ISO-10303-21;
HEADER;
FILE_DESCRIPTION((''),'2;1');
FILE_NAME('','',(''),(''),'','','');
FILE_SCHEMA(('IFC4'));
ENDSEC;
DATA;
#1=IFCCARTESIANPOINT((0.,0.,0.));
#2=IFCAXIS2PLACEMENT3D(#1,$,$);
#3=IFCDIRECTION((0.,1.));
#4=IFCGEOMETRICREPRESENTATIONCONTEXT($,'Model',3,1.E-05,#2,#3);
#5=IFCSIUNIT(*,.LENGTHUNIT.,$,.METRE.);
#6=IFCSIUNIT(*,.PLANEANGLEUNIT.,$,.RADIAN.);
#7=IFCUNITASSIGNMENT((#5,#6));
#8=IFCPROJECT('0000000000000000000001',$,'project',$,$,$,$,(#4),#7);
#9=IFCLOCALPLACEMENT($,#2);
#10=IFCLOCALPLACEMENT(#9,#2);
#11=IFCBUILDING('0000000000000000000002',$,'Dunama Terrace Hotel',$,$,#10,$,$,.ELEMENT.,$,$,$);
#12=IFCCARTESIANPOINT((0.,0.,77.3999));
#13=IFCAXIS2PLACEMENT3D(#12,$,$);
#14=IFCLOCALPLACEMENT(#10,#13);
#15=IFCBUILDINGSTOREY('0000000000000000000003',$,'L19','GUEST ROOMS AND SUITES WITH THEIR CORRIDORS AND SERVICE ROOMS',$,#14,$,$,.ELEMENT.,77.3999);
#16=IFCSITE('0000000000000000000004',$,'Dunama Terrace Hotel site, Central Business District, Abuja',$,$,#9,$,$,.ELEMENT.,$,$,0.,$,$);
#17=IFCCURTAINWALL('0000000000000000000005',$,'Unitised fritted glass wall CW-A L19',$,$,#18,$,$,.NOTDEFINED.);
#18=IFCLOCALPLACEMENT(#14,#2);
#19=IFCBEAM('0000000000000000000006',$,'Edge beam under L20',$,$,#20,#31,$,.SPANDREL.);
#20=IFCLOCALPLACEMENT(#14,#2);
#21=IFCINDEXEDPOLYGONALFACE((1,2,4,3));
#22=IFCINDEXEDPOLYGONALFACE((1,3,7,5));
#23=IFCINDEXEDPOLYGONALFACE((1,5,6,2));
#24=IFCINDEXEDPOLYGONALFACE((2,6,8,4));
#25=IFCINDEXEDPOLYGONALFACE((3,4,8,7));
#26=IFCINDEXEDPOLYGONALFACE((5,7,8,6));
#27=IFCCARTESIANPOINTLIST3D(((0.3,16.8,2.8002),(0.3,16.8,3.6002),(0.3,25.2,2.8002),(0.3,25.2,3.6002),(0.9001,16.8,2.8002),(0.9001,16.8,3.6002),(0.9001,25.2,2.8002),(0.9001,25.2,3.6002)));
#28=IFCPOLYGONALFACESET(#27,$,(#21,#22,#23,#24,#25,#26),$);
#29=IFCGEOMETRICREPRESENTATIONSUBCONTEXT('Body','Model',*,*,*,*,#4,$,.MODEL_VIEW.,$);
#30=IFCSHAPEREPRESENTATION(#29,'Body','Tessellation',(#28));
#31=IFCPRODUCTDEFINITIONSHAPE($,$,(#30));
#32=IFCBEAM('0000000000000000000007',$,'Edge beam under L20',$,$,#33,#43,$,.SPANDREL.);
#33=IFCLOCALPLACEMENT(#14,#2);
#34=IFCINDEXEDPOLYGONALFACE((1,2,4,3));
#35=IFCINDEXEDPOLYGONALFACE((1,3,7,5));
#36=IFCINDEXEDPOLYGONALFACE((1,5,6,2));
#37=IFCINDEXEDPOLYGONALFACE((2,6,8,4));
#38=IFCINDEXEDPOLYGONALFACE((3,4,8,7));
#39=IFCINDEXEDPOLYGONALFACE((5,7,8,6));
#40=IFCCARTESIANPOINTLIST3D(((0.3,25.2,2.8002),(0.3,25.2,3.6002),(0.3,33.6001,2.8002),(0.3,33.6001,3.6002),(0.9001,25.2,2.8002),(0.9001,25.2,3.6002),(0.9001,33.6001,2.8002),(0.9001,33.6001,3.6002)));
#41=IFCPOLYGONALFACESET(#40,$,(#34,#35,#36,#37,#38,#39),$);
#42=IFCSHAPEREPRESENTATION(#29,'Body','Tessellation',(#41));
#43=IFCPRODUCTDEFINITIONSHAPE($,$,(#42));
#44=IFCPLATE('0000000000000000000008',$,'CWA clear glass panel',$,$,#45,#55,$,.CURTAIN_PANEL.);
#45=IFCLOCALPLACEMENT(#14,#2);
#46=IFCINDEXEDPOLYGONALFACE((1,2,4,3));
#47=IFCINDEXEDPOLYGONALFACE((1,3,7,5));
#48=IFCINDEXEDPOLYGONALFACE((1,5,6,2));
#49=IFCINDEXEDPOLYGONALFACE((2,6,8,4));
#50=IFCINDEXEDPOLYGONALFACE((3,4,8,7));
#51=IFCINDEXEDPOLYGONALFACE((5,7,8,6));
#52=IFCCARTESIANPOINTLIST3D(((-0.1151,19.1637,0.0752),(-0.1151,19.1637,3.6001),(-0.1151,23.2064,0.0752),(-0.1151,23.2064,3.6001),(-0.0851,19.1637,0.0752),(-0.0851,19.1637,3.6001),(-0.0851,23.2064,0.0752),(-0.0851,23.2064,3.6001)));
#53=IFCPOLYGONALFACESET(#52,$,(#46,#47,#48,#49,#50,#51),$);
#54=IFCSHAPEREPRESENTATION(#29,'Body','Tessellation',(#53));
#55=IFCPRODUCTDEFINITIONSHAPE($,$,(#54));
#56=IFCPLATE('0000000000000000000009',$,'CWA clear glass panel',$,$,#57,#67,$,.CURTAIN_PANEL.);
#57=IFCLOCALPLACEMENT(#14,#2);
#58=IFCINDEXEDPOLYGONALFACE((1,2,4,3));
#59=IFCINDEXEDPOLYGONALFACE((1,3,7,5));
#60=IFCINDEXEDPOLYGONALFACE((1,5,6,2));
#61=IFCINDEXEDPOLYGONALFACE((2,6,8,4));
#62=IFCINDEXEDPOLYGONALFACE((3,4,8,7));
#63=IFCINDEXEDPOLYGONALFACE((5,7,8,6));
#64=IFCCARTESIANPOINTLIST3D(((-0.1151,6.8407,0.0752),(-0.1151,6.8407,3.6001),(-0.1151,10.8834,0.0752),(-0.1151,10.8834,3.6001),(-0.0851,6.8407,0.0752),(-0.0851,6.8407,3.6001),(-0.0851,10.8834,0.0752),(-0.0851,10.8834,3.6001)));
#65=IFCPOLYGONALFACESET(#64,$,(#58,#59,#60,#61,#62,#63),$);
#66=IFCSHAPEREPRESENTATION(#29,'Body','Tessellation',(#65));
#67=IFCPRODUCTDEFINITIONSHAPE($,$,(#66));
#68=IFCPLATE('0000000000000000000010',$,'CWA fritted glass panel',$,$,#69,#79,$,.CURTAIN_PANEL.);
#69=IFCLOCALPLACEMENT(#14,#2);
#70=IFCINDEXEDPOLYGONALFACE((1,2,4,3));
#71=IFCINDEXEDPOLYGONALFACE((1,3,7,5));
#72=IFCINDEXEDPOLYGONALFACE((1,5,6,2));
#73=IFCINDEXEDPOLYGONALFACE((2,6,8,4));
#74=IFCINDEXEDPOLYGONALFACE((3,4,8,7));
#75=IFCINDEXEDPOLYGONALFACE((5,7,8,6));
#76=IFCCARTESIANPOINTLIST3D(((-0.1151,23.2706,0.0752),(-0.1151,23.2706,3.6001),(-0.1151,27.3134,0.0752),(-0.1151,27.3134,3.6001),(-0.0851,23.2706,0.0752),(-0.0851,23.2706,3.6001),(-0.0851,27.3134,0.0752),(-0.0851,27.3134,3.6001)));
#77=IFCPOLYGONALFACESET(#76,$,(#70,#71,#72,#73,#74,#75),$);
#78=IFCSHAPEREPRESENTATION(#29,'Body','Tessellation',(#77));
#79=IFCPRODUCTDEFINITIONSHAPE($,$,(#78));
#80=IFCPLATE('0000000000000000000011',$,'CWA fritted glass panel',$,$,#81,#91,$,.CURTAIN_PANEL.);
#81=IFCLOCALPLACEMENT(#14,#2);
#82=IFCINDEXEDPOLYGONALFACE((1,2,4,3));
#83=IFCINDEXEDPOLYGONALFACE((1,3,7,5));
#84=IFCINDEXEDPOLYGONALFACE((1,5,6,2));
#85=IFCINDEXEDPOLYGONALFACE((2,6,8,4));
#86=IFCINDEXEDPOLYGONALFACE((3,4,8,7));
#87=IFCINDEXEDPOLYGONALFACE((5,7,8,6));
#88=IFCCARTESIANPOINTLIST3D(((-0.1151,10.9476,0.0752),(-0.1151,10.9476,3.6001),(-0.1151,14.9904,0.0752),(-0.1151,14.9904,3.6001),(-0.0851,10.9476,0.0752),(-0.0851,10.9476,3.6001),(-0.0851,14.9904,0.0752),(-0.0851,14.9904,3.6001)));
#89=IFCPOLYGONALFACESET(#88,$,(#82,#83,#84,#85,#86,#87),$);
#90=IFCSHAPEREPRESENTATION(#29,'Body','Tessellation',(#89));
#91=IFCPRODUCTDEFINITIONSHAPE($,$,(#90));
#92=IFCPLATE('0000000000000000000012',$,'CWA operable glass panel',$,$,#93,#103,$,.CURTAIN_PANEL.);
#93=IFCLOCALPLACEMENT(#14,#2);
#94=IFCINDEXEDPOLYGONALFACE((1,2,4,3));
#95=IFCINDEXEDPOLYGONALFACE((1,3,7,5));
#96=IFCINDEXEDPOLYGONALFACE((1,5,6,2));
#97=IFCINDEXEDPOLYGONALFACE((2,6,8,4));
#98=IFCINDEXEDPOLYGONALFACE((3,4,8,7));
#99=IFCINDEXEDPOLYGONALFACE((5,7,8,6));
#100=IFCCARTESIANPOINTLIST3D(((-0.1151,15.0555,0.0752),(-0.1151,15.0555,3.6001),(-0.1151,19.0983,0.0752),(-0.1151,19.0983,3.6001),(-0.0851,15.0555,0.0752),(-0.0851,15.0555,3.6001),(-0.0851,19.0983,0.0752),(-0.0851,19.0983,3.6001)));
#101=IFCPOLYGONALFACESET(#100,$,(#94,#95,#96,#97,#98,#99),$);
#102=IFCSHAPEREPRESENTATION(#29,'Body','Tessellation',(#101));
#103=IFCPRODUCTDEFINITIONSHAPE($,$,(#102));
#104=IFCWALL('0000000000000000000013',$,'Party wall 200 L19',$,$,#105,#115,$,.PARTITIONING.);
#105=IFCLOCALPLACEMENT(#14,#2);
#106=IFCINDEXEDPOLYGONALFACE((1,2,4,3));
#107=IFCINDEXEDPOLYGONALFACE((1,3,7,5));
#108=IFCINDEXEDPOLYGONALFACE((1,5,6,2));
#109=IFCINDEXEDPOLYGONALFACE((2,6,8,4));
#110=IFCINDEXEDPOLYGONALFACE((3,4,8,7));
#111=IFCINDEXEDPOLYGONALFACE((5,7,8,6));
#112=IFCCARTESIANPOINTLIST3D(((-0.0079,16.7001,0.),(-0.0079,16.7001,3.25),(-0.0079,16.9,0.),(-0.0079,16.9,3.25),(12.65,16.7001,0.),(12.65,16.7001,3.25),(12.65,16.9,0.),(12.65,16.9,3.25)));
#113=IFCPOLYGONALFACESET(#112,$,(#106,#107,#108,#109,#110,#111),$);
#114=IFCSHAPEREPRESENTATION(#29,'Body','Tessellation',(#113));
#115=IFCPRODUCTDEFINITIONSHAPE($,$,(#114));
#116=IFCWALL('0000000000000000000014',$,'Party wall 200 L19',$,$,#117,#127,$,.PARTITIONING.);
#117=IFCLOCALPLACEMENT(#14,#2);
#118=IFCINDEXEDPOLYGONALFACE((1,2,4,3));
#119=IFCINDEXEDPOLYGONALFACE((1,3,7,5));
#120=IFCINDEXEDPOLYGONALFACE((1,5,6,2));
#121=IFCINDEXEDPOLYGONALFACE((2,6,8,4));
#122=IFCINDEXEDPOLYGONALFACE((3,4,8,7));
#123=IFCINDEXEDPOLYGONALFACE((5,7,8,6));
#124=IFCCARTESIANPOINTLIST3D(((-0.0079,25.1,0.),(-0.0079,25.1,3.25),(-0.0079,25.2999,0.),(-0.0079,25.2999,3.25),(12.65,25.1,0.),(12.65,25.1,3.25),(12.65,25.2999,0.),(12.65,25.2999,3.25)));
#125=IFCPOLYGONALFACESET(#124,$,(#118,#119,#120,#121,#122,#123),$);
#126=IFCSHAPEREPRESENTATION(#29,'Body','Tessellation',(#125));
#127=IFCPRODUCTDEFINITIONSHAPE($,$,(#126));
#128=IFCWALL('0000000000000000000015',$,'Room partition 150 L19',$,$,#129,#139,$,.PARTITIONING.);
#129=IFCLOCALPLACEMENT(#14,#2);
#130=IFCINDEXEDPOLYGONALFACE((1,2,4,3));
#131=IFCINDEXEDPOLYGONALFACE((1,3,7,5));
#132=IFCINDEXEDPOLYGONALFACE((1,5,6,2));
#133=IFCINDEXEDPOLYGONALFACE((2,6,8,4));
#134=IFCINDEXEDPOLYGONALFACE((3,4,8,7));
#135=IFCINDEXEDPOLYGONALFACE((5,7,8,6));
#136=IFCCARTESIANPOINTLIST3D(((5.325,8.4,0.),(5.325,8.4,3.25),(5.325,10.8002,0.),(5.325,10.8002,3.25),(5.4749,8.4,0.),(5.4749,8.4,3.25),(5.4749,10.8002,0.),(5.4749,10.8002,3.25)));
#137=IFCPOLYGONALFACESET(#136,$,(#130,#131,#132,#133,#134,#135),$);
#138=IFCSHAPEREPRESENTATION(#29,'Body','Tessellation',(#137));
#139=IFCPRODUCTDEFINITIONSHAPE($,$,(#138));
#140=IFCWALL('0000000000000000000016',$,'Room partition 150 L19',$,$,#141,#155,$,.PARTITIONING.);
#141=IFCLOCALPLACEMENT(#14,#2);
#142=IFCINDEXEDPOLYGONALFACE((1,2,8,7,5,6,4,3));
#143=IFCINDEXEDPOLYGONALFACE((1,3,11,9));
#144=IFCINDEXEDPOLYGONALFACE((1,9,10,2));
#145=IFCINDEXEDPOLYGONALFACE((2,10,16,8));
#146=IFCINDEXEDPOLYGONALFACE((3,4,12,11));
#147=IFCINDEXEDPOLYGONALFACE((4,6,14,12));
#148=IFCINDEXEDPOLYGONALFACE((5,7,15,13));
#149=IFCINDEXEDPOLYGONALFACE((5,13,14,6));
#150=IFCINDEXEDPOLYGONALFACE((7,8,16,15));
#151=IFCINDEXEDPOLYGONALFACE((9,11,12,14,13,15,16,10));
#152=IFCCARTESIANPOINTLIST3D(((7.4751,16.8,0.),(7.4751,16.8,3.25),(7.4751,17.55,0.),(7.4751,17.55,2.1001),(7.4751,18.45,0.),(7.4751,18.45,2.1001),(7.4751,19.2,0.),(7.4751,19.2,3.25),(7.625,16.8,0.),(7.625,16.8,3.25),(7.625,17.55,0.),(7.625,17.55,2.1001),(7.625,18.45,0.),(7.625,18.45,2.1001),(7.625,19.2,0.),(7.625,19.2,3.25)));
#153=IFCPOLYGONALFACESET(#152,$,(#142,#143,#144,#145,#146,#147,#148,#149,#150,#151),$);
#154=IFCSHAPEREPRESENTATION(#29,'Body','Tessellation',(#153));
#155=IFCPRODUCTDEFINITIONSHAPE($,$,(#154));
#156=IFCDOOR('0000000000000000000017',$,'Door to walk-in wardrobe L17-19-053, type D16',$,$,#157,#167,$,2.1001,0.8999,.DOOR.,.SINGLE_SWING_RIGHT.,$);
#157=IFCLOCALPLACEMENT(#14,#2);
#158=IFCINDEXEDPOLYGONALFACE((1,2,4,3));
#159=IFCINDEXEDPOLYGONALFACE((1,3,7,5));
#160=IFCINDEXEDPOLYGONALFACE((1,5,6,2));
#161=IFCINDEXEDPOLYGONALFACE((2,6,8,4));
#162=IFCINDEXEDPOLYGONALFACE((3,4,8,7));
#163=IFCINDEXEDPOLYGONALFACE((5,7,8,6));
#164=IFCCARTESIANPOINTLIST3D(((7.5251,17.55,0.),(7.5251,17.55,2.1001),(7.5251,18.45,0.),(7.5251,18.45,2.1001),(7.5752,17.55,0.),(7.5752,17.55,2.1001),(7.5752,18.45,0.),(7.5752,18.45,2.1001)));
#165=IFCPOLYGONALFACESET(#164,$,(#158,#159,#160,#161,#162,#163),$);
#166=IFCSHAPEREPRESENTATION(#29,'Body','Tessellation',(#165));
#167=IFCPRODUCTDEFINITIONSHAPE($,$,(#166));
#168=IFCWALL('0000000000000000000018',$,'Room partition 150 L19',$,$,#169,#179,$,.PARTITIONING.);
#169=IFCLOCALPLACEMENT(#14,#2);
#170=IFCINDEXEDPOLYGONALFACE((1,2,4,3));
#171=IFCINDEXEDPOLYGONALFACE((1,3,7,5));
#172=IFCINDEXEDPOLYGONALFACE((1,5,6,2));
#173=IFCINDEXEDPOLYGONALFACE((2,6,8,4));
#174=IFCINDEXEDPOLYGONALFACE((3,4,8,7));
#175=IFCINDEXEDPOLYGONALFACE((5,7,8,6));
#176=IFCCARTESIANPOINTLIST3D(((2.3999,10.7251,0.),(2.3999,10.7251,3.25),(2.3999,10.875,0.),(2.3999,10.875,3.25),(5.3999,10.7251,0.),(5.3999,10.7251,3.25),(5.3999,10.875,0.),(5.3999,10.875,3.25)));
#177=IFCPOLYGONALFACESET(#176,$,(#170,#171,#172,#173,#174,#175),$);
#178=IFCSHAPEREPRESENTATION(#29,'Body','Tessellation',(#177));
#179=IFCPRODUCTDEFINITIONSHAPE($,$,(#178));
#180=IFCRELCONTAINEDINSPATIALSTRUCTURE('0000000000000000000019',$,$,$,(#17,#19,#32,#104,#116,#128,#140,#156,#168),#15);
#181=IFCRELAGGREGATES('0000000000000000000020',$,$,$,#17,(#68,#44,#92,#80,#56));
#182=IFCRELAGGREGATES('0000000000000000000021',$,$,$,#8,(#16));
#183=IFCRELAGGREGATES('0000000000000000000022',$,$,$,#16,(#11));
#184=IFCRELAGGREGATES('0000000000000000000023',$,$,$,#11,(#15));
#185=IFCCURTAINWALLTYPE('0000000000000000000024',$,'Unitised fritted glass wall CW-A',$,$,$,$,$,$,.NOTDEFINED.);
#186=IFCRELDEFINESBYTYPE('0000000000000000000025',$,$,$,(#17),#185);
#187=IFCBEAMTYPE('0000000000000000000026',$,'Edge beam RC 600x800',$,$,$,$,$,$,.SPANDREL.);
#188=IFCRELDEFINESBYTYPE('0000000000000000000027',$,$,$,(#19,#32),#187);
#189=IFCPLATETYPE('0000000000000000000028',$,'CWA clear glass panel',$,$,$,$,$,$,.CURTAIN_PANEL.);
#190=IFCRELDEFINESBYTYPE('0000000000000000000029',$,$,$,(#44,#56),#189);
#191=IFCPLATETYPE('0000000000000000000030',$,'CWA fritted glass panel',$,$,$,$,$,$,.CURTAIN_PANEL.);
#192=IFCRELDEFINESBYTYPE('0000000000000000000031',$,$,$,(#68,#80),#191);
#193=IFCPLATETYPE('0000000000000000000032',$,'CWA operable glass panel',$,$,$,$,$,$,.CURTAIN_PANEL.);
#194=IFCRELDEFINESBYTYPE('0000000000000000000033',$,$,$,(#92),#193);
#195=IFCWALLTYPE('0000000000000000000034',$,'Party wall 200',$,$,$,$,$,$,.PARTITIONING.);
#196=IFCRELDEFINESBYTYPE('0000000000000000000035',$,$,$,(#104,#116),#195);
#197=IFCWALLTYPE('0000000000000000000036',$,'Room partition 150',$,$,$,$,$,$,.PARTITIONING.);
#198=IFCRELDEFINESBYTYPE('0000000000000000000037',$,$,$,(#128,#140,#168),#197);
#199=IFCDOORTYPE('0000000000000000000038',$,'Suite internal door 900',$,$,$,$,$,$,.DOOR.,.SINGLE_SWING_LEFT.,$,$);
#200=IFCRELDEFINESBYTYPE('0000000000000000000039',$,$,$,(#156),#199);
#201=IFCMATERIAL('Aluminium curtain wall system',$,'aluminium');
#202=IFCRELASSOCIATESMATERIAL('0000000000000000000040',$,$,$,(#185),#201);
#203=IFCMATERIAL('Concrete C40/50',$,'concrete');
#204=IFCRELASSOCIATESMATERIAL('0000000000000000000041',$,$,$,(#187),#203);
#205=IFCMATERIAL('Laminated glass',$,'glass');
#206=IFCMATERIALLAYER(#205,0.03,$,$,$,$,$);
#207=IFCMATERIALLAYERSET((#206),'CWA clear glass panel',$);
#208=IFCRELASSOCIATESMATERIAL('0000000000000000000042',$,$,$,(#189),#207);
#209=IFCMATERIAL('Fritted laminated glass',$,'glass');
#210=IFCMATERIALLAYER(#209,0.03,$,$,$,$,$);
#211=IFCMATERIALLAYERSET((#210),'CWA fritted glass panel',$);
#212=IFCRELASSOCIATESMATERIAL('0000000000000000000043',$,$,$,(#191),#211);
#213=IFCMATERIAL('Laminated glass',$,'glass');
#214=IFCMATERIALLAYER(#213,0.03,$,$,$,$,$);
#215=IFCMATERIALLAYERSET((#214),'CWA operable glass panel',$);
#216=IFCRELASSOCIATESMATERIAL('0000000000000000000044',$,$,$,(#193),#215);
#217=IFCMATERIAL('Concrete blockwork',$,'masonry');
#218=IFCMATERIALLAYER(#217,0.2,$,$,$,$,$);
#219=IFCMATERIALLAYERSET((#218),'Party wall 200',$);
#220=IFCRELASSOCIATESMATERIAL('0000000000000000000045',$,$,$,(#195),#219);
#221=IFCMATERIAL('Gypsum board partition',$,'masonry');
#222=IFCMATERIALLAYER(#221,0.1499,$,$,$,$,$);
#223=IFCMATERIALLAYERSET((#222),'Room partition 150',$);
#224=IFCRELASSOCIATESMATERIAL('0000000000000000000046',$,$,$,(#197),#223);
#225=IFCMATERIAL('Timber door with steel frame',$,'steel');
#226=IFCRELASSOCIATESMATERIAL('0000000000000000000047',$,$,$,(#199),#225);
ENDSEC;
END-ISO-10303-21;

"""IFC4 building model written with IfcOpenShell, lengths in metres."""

from ifc_helpers import new_model, si_unit, direction, frame, frame_2d, origin, origin_2d, place, context, subcontext, project, spatial, rectangle, extrude, material, layer, layer_set, material_profile, profile_set, type_object, element, fill, aggregate, save


model = new_model("IFC4")

# Units and contexts
model_context = context("Model", 3, precision=1e-05, world=origin(), true_north=direction((0.0, 1.0)))
body_context = subcontext(model_context, "Body", "Model", "MODEL_VIEW")
ifc_project = project(units=[si_unit("LENGTHUNIT", "METRE"), si_unit("PLANEANGLEUNIT", "RADIAN")], contexts=[model_context])

# Site, building, storey
site_placement = place(None, origin())
site = spatial("IfcSite", under=ifc_project, at=site_placement, Name="Dunama Terrace Hotel site, Central Business District, Abuja", CompositionType="ELEMENT", RefElevation=0.0)
building_placement = place(site_placement, origin())
building = spatial("IfcBuilding", under=site, at=building_placement, Name="Dunama Terrace Hotel", CompositionType="ELEMENT")
storey_placement = place(building_placement, frame((0.0, 0.0, 77.3999)))
storey = spatial("IfcBuildingStorey", under=building, at=storey_placement, Name="L19", Description="GUEST ROOMS AND SUITES WITH THEIR CORRIDORS AND SERVICE ROOMS", CompositionType="ELEMENT", Elevation=77.3999)

# Curtain wall
ifc_material_1 = material(Name="Aluminium curtain wall system", Category="aluminium")
curtain_wall_type = type_object("IfcCurtainWallType", Name="Unitised fritted glass wall CW-A", PredefinedType="NOTDEFINED", material=ifc_material_1)
curtain_wall_placement = place(storey_placement, origin())
curtain_wall = element("IfcCurtainWall", 1, at=curtain_wall_placement, inside=storey, type_object=curtain_wall_type, Name="Unitised fritted glass wall CW-A L19", PredefinedType="NOTDEFINED")

# Beams
ifc_material_2 = material(Name="Concrete C40/50", Category="concrete")
ifc_material_profile_1 = material_profile(ifc_material_2, rectangle(XDim=0.6001, YDim=0.8, at=origin_2d()), Name="RC 600x800")
ifc_profile_set_1 = profile_set([ifc_material_profile_1], Name="Concrete C40/50")
beam_type = type_object("IfcBeamType", Name="Edge beam RC 600x800", PredefinedType="SPANDREL", material=ifc_profile_set_1)
beam_1_placement = place(storey_placement, frame((0.6001, 16.8, 3.2002), z_axis=(0.0, 1.0, 0.0), x_axis=(-1.0, 0.0, 0.0)))
element("IfcBeam", 2, at=beam_1_placement, inside=storey, type_object=beam_type, Name="Edge beam under L20", PredefinedType="SPANDREL", context=body_context, shape_type="SweptSolid", body=[
    extrude(rectangle(XDim=0.6001, YDim=0.8, at=origin_2d()), origin(), (0.0, 0.0, 1.0), 8.3999),
])
beam_2_placement = place(storey_placement, frame((0.6001, 25.2, 3.2002), z_axis=(0.0, 1.0, 0.0), x_axis=(-1.0, 0.0, 0.0)))
element("IfcBeam", 3, at=beam_2_placement, inside=storey, type_object=beam_type, Name="Edge beam under L20", PredefinedType="SPANDREL", context=body_context, shape_type="SweptSolid", body=[
    extrude(rectangle(XDim=0.6001, YDim=0.8, at=origin_2d()), origin(), (0.0, 0.0, 1.0), 8.4001),
])

# Plates
ifc_material_3 = material(Name="Laminated glass", Category="glass")
ifc_layer_1 = layer(ifc_material_3, 0.03)
ifc_layer_set_1 = layer_set([ifc_layer_1], Name="CWA clear glass panel")
plate_type_1 = type_object("IfcPlateType", Name="CWA clear glass panel", PredefinedType="CURTAIN_PANEL", material=ifc_layer_set_1)
plate_1_placement = place(storey_placement, frame((-0.1001, 21.1851, 0.0752), z_axis=(0.0, 0.0, 1.0), x_axis=(0.0, -1.0, 0.0)))
plate_1 = element("IfcPlate", 4, at=plate_1_placement, type_object=plate_type_1, Name="CWA clear glass panel", PredefinedType="CURTAIN_PANEL", context=body_context, shape_type="SweptSolid", body=[
    extrude(rectangle(XDim=4.0427, YDim=0.03, at=origin_2d()), origin(), (0.0, 0.0, 1.0), 3.5249),
])
plate_2_placement = place(storey_placement, frame((-0.1001, 8.8621, 0.0752), z_axis=(0.0, 0.0, 1.0), x_axis=(0.0, -1.0, 0.0)))
plate_2 = element("IfcPlate", 5, at=plate_2_placement, type_object=plate_type_1, Name="CWA clear glass panel", PredefinedType="CURTAIN_PANEL", context=body_context, shape_type="SweptSolid", body=[
    extrude(rectangle(XDim=4.0427, YDim=0.03, at=origin_2d()), origin(), (0.0, 0.0, 1.0), 3.5249),
])
ifc_material_4 = material(Name="Fritted laminated glass", Category="glass")
ifc_layer_2 = layer(ifc_material_4, 0.03)
ifc_layer_set_2 = layer_set([ifc_layer_2], Name="CWA fritted glass panel")
plate_type_2 = type_object("IfcPlateType", Name="CWA fritted glass panel", PredefinedType="CURTAIN_PANEL", material=ifc_layer_set_2)
plate_3_placement = place(storey_placement, frame((-0.1001, 25.292, 0.0752), z_axis=(0.0, 0.0, 1.0), x_axis=(0.0, -1.0, 0.0)))
plate_3 = element("IfcPlate", 6, at=plate_3_placement, type_object=plate_type_2, Name="CWA fritted glass panel", PredefinedType="CURTAIN_PANEL", context=body_context, shape_type="SweptSolid", body=[
    extrude(rectangle(XDim=4.0427, YDim=0.03, at=origin_2d()), origin(), (0.0, 0.0, 1.0), 3.5249),
])
plate_4_placement = place(storey_placement, frame((-0.1001, 12.969, 0.0752), z_axis=(0.0, 0.0, 1.0), x_axis=(0.0, -1.0, 0.0)))
plate_4 = element("IfcPlate", 7, at=plate_4_placement, type_object=plate_type_2, Name="CWA fritted glass panel", PredefinedType="CURTAIN_PANEL", context=body_context, shape_type="SweptSolid", body=[
    extrude(rectangle(XDim=4.0427, YDim=0.03, at=origin_2d()), origin(), (0.0, 0.0, 1.0), 3.5249),
])
ifc_material_5 = material(Name="Laminated glass", Category="glass")
ifc_layer_3 = layer(ifc_material_5, 0.03)
ifc_layer_set_3 = layer_set([ifc_layer_3], Name="CWA operable glass panel")
plate_type_3 = type_object("IfcPlateType", Name="CWA operable glass panel", PredefinedType="CURTAIN_PANEL", material=ifc_layer_set_3)
plate_5_placement = place(storey_placement, frame((-0.1001, 17.0769, 0.0752), z_axis=(0.0, 0.0, 1.0), x_axis=(0.0, -1.0, 0.0)))
plate_5 = element("IfcPlate", 8, at=plate_5_placement, type_object=plate_type_3, Name="CWA operable glass panel", PredefinedType="CURTAIN_PANEL", context=body_context, shape_type="SweptSolid", body=[
    extrude(rectangle(XDim=4.0427, YDim=0.03, at=origin_2d()), origin(), (0.0, 0.0, 1.0), 3.5249),
])
aggregate(curtain_wall, [plate_3, plate_1, plate_5, plate_4, plate_2])

# Walls
ifc_material_6 = material(Name="Concrete blockwork", Category="masonry")
ifc_layer_4 = layer(ifc_material_6, 0.2)
ifc_layer_set_4 = layer_set([ifc_layer_4], Name="Party wall 200")
wall_type_1 = type_object("IfcWallType", Name="Party wall 200", PredefinedType="PARTITIONING", material=ifc_layer_set_4)
for number, where, z_axis, x_axis, name in (
    (9, (-0.0081, 16.8, 0.0), (0.0, 0.0, 1.0), (1.0, 0.0, 0.0), "Party wall 200 L19"),
    (10, (-0.0081, 25.2, 0.0), (0.0, 0.0, 1.0), (1.0, 0.0, 0.0), "Party wall 200 L19"),
):
    element("IfcWall", number, at=place(storey_placement, frame(where, z_axis=z_axis, x_axis=x_axis)), inside=storey, type_object=wall_type_1, Name=name, PredefinedType="PARTITIONING", context=body_context, shape_type="SweptSolid", body=[
        extrude(rectangle(XDim=12.658, YDim=0.2, at=frame_2d((6.3291, 0.0))), origin(), (0.0, 0.0, 1.0), 3.25),
    ])
ifc_material_7 = material(Name="Gypsum board partition", Category="masonry")
ifc_layer_5 = layer(ifc_material_7, 0.1499)
ifc_layer_set_5 = layer_set([ifc_layer_5], Name="Room partition 150")
wall_type_2 = type_object("IfcWallType", Name="Room partition 150", PredefinedType="PARTITIONING", material=ifc_layer_set_5)
wall_1_placement = place(storey_placement, frame((5.3999, 8.3999, 0.0), z_axis=(0.0, 0.0, 1.0), x_axis=(0.0, 1.0, 0.0)))
element("IfcWall", 11, at=wall_1_placement, inside=storey, type_object=wall_type_2, Name="Room partition 150 L19", PredefinedType="PARTITIONING", context=body_context, shape_type="SweptSolid", body=[
    extrude(rectangle(XDim=2.4001, YDim=0.1499, at=frame_2d((1.2002, 0.0))), origin(), (0.0, 0.0, 1.0), 3.25),
])

# Wall, opening, door
wall_2_placement = place(storey_placement, frame((7.55, 16.8, 0.0), z_axis=(0.0, 0.0, 1.0), x_axis=(0.0, 1.0, 0.0)))
wall_2 = element("IfcWall", 12, at=wall_2_placement, inside=storey, type_object=wall_type_2, Name="Room partition 150 L19", PredefinedType="PARTITIONING", context=body_context, shape_type="SweptSolid", body=[
    extrude(rectangle(XDim=2.3999, YDim=0.1499, at=frame_2d((1.2, 0.0))), origin(), (0.0, 0.0, 1.0), 3.25),
])
opening_placement = place(wall_2_placement, frame((0.75, 0.0, 0.0)))
opening = element("IfcOpeningElement", 13, at=opening_placement, cuts=wall_2, PredefinedType="OPENING", context=body_context, shape_type="SweptSolid", body=[
    extrude(rectangle(XDim=0.8999, YDim=2.1001, at=frame_2d((0.45, 1.05))), frame((0.0, 0.085, 0.0), z_axis=(0.0, -1.0, 0.0), x_axis=(1.0, 0.0, 0.0)), (0.0, 0.0, 1.0), 0.1699),
])
ifc_material_8 = material(Name="Timber door with steel frame", Category="steel")
door_type = type_object("IfcDoorType", Name="Suite internal door 900", OperationType="SINGLE_SWING_LEFT", PredefinedType="DOOR", material=ifc_material_8)
door_placement = place(opening_placement, frame((0.8999, 0.0, 0.0), z_axis=(0.0, 0.0, 1.0), x_axis=(-1.0, 0.0, 0.0)))
door = element("IfcDoor", 14, at=door_placement, inside=storey, type_object=door_type, Name="Door to walk-in wardrobe L17-19-053, type D16", OperationType="SINGLE_SWING_RIGHT", OverallHeight=2.1001, OverallWidth=0.8999, PredefinedType="DOOR", context=body_context, shape_type="SweptSolid", body=[
    extrude(rectangle(XDim=0.8999, YDim=2.1001, at=frame_2d((0.45, 1.05))), frame((0.0, 0.0251, 0.0), z_axis=(0.0, -1.0, 0.0), x_axis=(1.0, 0.0, 0.0)), (0.0, 0.0, 1.0), 0.05),
])
fill(opening, door)

# Wall
wall_3_placement = place(storey_placement, frame((2.3999, 10.8, 0.0), z_axis=(0.0, 0.0, 1.0), x_axis=(1.0, 0.0, 0.0)))
element("IfcWall", 15, at=wall_3_placement, inside=storey, type_object=wall_type_2, Name="Room partition 150 L19", PredefinedType="PARTITIONING", context=body_context, shape_type="SweptSolid", body=[
    extrude(rectangle(XDim=3.0, YDim=0.1499, at=frame_2d((1.5, 0.0))), origin(), (0.0, 0.0, 1.0), 3.25),
])

save(model, "model.ifc")
